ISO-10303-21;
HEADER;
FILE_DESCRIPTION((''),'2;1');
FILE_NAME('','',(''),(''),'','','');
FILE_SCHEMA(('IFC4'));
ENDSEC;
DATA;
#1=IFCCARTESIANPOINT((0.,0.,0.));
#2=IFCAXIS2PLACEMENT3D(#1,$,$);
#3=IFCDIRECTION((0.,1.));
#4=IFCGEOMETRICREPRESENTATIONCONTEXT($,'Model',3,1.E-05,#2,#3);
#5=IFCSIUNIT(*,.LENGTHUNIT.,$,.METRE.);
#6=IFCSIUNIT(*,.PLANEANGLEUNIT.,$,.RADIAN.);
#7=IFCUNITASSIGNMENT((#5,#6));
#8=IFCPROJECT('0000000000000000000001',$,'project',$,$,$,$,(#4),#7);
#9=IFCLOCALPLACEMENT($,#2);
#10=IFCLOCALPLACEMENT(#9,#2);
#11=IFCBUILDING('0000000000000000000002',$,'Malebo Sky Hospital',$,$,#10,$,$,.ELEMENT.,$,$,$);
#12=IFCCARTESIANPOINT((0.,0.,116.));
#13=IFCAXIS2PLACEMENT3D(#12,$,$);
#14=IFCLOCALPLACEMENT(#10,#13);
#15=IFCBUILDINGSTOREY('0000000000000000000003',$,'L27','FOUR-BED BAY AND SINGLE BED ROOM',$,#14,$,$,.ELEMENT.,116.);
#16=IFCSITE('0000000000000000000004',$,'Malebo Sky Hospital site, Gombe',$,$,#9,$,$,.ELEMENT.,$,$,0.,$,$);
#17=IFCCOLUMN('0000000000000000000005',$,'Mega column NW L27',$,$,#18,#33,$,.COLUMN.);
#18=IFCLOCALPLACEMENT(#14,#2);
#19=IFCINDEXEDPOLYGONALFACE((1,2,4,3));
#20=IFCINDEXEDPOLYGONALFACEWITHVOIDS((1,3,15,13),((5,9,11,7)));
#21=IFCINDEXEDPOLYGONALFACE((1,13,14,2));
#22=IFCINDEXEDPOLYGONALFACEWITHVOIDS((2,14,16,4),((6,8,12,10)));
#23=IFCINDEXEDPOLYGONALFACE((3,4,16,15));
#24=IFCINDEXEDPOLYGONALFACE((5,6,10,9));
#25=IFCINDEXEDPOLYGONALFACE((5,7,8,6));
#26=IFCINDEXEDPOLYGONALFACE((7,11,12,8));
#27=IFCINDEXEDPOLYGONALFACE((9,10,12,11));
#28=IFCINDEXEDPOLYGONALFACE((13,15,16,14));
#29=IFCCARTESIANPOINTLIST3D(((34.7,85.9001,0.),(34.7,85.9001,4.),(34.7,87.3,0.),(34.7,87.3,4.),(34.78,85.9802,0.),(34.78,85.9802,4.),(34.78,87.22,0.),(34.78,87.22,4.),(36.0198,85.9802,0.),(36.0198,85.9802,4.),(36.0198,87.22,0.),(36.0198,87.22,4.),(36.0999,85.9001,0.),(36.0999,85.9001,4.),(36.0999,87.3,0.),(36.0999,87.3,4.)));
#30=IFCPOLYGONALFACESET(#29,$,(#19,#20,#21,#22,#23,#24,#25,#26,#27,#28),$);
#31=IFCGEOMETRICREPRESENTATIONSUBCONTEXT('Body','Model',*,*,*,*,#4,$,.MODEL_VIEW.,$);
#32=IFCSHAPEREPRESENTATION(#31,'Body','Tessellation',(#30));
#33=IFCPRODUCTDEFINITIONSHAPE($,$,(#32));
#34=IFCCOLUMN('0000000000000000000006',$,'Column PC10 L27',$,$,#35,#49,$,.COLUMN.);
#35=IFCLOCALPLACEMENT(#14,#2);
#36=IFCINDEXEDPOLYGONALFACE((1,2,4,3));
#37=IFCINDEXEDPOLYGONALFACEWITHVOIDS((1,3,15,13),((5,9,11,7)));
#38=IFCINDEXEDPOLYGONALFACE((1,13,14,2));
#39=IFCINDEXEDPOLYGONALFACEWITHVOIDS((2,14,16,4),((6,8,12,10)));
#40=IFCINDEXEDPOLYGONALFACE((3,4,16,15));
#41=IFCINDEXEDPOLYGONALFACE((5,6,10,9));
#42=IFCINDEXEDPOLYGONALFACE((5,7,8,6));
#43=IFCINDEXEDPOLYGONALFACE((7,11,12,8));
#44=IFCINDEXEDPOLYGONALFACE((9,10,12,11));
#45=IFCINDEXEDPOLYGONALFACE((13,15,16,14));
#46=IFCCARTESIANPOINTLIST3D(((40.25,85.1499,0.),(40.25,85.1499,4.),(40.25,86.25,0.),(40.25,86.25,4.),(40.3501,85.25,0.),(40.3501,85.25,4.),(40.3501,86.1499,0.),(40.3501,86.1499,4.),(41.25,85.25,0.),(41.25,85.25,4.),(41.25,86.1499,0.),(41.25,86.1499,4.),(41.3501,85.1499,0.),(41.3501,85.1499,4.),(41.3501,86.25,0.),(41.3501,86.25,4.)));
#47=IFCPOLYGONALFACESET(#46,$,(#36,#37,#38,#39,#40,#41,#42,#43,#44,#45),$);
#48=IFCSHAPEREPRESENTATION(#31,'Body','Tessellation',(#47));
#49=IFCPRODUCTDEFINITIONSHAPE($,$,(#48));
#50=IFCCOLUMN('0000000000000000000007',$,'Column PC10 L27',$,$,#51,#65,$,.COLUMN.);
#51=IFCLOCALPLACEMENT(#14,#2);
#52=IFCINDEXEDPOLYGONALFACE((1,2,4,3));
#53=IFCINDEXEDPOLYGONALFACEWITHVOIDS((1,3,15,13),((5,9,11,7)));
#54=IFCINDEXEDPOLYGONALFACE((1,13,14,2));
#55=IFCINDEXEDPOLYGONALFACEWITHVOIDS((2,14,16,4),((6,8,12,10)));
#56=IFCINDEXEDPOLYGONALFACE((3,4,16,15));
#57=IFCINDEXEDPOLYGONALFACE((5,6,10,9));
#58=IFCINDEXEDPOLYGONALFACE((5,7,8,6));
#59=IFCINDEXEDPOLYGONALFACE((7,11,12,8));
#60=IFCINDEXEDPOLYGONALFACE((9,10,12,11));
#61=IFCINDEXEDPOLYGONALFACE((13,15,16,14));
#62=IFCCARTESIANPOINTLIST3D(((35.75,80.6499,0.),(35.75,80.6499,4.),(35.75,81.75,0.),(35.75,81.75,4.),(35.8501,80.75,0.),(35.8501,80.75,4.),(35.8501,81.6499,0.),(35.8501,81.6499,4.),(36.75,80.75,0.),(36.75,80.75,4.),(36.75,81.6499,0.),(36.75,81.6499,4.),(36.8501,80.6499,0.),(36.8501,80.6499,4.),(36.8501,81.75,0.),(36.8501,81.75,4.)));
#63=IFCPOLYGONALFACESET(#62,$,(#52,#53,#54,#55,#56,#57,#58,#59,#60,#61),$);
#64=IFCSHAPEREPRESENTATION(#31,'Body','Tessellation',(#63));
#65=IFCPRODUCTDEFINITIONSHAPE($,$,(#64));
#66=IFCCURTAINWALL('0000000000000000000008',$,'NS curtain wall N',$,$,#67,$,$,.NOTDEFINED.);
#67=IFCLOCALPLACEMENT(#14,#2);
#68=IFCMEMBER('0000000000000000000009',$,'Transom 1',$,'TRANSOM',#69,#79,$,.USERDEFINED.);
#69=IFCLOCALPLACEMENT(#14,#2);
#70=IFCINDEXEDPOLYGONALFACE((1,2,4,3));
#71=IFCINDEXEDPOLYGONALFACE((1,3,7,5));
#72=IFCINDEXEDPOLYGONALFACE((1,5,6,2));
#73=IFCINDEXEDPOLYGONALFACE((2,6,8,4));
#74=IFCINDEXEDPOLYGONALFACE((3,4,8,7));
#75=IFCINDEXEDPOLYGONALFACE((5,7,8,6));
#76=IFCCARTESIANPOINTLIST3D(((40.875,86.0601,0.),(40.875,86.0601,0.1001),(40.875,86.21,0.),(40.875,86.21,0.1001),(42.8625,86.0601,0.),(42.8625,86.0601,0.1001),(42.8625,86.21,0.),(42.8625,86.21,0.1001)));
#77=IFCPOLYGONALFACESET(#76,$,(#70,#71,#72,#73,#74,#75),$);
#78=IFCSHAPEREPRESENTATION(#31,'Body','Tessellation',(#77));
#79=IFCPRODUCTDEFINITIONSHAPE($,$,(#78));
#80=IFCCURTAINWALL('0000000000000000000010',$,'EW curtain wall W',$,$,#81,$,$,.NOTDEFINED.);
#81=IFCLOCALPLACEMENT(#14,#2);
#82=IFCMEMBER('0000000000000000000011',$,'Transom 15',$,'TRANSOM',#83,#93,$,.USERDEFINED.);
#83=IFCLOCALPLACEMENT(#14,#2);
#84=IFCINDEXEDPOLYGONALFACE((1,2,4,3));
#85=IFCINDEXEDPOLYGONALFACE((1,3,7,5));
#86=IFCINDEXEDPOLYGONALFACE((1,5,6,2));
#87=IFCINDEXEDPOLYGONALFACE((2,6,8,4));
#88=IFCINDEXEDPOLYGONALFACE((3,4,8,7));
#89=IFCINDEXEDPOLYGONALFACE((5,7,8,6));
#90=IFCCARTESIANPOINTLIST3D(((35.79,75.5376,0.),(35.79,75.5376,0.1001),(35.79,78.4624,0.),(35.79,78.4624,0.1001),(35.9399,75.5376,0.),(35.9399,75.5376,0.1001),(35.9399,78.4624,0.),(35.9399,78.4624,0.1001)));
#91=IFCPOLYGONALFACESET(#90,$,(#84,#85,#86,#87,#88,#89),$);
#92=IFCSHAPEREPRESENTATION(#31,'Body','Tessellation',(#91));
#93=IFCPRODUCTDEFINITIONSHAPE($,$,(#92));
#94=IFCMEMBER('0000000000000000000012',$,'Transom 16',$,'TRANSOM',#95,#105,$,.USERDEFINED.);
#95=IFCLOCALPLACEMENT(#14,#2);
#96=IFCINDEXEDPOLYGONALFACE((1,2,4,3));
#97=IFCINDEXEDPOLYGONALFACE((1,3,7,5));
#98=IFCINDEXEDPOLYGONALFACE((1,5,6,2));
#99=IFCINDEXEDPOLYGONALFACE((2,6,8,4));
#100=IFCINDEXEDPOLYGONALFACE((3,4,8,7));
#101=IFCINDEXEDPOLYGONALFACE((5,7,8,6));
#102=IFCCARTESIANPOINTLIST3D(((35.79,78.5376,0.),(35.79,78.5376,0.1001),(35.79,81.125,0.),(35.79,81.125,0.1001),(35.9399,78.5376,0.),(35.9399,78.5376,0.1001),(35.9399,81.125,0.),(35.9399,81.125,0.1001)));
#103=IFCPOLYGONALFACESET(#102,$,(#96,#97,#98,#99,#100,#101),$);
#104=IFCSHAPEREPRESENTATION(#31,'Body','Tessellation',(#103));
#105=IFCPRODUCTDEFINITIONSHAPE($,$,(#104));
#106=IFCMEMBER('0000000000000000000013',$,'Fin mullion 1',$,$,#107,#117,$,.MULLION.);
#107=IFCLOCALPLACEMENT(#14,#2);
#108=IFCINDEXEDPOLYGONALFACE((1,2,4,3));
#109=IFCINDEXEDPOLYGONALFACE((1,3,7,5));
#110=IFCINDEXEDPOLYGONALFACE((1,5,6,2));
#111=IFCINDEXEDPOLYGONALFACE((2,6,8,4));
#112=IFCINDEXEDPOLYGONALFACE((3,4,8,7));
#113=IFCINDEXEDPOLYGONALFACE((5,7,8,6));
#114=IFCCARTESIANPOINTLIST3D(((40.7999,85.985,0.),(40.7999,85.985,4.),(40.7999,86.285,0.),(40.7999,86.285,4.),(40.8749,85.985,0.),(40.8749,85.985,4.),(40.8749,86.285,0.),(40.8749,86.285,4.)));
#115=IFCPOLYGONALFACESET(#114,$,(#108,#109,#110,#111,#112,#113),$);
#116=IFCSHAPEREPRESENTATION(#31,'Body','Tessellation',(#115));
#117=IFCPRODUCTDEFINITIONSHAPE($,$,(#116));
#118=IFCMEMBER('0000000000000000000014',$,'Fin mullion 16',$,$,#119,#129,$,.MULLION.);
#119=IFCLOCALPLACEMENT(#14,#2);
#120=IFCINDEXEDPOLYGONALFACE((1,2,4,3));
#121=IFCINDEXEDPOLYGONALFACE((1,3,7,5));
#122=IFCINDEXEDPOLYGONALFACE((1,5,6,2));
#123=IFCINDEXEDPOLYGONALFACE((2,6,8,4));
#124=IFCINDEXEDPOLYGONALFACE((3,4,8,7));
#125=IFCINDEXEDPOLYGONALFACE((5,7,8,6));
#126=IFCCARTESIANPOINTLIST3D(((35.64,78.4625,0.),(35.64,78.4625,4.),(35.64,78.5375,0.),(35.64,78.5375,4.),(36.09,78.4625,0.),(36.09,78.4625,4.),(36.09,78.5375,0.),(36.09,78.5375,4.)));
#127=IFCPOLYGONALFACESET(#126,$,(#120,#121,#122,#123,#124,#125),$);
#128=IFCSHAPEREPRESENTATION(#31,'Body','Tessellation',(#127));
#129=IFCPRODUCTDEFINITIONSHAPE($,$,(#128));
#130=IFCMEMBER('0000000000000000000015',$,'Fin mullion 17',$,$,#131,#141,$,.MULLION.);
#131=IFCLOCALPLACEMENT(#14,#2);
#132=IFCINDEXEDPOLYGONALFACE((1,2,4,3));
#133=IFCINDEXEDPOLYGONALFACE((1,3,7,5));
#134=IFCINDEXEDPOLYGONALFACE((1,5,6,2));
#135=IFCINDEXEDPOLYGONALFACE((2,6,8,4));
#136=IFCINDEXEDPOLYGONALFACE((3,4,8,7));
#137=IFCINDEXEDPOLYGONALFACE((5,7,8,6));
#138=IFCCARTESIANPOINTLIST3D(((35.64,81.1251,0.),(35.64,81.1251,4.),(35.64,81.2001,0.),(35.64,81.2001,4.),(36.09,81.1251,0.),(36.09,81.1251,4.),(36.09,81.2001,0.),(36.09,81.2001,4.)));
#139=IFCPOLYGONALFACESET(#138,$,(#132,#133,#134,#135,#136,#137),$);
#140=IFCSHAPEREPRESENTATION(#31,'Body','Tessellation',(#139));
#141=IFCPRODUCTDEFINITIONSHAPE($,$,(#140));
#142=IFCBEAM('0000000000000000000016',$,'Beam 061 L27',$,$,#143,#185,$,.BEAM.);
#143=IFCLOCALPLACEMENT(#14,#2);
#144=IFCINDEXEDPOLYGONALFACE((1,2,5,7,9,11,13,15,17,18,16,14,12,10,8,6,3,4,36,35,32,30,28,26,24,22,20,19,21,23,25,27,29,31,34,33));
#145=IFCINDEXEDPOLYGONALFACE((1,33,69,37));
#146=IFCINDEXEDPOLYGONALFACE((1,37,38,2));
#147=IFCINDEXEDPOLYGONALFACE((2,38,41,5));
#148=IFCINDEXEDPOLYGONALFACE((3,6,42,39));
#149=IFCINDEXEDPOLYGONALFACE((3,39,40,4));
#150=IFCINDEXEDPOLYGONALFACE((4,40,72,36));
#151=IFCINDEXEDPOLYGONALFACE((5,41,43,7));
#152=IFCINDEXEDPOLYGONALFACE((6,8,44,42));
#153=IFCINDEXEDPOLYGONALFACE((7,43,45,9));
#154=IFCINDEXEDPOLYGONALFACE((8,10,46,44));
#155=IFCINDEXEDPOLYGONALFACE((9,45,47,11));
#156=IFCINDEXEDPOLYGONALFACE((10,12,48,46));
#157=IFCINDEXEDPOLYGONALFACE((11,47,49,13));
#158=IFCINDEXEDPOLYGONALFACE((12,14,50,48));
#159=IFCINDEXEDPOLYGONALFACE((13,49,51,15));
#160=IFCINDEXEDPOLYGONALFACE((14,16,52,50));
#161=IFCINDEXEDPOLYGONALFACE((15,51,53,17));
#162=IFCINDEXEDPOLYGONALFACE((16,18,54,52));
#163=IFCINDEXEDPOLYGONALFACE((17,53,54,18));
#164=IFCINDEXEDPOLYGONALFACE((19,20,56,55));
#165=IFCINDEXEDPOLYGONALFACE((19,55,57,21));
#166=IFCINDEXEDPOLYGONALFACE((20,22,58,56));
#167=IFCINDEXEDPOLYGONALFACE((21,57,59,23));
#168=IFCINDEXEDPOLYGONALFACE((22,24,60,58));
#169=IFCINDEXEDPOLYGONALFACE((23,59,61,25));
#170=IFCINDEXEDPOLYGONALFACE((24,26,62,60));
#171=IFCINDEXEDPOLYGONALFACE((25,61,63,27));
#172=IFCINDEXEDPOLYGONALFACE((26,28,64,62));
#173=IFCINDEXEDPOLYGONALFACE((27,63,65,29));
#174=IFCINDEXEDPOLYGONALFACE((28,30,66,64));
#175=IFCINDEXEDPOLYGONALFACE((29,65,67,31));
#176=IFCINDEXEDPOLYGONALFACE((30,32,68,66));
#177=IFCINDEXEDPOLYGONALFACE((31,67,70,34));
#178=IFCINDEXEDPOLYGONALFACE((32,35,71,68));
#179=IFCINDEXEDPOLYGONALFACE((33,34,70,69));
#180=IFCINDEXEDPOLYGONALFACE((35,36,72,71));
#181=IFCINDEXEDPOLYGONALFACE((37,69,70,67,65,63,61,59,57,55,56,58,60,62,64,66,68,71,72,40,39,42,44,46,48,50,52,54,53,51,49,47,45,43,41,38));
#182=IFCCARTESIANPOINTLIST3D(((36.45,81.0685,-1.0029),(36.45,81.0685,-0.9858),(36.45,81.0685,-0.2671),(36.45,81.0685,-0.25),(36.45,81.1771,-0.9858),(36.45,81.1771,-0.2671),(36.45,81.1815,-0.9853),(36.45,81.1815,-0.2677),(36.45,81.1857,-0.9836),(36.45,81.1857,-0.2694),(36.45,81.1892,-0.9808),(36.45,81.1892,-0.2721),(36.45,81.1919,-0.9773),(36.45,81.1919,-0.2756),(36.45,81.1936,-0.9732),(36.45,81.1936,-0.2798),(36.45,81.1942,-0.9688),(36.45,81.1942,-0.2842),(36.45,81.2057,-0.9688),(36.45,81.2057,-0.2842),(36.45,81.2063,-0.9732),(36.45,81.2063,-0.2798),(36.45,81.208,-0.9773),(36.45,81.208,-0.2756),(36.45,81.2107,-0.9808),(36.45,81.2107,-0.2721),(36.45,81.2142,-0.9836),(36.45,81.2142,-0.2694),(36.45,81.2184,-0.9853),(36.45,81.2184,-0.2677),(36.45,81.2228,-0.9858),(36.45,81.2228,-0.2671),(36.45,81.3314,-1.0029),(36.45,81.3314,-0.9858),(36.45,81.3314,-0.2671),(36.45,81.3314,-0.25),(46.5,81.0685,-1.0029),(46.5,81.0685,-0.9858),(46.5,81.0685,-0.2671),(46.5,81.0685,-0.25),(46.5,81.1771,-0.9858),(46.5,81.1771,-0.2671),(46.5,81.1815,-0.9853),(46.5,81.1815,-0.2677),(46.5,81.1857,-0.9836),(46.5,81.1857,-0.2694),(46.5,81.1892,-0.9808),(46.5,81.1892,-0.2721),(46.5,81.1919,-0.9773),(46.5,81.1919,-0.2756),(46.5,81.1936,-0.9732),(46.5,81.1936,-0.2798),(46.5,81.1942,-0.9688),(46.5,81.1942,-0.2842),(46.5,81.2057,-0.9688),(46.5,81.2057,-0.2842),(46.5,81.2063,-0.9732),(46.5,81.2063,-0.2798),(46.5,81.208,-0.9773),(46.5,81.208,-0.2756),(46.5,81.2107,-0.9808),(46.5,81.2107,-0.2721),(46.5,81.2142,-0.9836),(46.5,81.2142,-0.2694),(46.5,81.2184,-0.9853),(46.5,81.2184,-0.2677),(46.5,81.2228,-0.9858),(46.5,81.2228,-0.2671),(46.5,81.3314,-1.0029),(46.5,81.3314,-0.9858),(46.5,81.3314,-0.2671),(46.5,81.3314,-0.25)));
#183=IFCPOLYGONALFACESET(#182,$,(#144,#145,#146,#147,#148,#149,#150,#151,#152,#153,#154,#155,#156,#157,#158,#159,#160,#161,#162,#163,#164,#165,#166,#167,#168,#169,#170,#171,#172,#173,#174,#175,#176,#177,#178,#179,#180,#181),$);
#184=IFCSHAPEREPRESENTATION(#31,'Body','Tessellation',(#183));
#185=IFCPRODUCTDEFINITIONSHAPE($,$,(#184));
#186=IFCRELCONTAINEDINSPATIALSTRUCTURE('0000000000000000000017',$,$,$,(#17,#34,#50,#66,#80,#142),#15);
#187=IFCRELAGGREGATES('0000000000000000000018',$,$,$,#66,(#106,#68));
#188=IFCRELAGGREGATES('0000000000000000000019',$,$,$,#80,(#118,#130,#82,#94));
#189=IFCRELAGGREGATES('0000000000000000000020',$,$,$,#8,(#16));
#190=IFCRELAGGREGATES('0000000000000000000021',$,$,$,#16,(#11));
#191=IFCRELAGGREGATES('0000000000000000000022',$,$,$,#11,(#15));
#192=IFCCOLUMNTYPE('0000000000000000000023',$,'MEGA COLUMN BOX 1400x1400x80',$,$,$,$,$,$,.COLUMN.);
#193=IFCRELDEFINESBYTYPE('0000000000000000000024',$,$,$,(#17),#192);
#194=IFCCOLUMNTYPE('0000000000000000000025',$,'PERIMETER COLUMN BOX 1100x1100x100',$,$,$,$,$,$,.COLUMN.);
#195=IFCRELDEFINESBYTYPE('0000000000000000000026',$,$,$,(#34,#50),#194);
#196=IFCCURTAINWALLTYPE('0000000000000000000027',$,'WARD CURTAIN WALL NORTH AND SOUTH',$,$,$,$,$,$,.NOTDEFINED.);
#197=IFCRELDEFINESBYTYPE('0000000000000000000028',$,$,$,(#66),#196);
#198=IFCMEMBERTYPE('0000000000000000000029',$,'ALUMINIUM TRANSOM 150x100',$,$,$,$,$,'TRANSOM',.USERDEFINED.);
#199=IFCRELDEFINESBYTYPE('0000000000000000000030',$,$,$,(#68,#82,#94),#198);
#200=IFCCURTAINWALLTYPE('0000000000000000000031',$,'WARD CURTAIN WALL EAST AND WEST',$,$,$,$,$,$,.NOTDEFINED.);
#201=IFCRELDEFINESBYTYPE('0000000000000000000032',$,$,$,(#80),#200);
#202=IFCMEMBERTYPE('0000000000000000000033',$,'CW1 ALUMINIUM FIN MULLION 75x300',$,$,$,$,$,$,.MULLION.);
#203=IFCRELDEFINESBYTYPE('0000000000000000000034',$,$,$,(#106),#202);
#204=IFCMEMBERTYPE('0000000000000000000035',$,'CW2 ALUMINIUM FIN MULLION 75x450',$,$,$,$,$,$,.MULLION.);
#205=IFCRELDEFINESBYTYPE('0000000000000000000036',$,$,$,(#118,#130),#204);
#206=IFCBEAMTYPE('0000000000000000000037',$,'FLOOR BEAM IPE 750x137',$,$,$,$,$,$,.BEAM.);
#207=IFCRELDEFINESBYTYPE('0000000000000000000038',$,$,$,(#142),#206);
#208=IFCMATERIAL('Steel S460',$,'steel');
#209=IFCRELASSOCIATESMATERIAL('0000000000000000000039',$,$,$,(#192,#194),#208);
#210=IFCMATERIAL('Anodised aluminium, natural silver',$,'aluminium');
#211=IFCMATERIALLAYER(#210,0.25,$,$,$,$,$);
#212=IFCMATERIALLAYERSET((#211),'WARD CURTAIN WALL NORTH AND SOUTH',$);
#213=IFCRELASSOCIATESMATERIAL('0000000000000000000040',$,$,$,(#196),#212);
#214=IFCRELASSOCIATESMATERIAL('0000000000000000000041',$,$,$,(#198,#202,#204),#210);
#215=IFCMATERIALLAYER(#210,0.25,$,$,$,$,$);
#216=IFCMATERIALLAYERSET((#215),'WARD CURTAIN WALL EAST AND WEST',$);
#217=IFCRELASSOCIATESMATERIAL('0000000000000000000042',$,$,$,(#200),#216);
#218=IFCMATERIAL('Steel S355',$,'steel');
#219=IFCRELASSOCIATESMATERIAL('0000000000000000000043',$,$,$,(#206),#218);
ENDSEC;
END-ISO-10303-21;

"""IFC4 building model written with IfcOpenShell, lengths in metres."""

from ifc_helpers import new_model, si_unit, direction, frame, origin, origin_2d, place, context, subcontext, project, spatial, rectangle, hollow_rectangle, i_section, extrude, material, layer, layer_set, material_profile, profile_set, type_object, element, aggregate, save


model = new_model("IFC4")

# Units and contexts
model_context = context("Model", 3, precision=1e-05, world=origin(), true_north=direction((0.0, 1.0)))
body_context = subcontext(model_context, "Body", "Model", "MODEL_VIEW")
ifc_project = project(units=[si_unit("LENGTHUNIT", "METRE"), si_unit("PLANEANGLEUNIT", "RADIAN")], contexts=[model_context])

# Site, building, storey
site_placement = place(None, origin())
site = spatial("IfcSite", under=ifc_project, at=site_placement, Name="Malebo Sky Hospital site, Gombe", CompositionType="ELEMENT", RefElevation=0.0)
building_placement = place(site_placement, origin())
building = spatial("IfcBuilding", under=site, at=building_placement, Name="Malebo Sky Hospital", CompositionType="ELEMENT")
storey_placement = place(building_placement, frame((0.0, 0.0, 116.0)))
storey = spatial("IfcBuildingStorey", under=building, at=storey_placement, Name="L27", Description="FOUR-BED BAY AND SINGLE BED ROOM", CompositionType="ELEMENT", Elevation=116.0)

# Columns
ifc_material_1 = material(Name="Steel S460", Category="steel")
ifc_material_profile_1 = material_profile(ifc_material_1, hollow_rectangle(XDim=1.3999, YDim=1.3999, WallThickness=0.0801, at=origin_2d()), Name="BOX 1400x1400x80")
ifc_profile_set_1 = profile_set([ifc_material_profile_1], Name="Steel S460")
column_type_1 = type_object("IfcColumnType", Name="MEGA COLUMN BOX 1400x1400x80", PredefinedType="COLUMN", material=ifc_profile_set_1)
column_placement = place(storey_placement, frame((35.3999, 86.6001, 0.0), z_axis=(0.0, 0.0, 1.0), x_axis=(1.0, 0.0, 0.0)))
element("IfcColumn", 1, at=column_placement, inside=storey, type_object=column_type_1, Name="Mega column NW L27", PredefinedType="COLUMN", context=body_context, shape_type="SweptSolid", body=[
    extrude(hollow_rectangle(XDim=1.3999, YDim=1.3999, WallThickness=0.0801, at=origin_2d()), origin(), (0.0, 0.0, 1.0), 4.0),
])
ifc_material_profile_2 = material_profile(ifc_material_1, hollow_rectangle(XDim=1.1001, YDim=1.1001, WallThickness=0.1001, at=origin_2d()), Name="BOX 1100x1100x100")
ifc_profile_set_2 = profile_set([ifc_material_profile_2], Name="Steel S460")
column_type_2 = type_object("IfcColumnType", Name="PERIMETER COLUMN BOX 1100x1100x100", PredefinedType="COLUMN", material=ifc_profile_set_2)
for number, where, z_axis, x_axis, name in (
    (2, (40.8, 85.7, 0.0), (0.0, 0.0, 1.0), (1.0, 0.0, 0.0), "Column PC10 L27"),
    (3, (36.3, 81.2, 0.0), (0.0, 0.0, 1.0), (1.0, 0.0, 0.0), "Column PC10 L27"),
):
    element("IfcColumn", number, at=place(storey_placement, frame(where, z_axis=z_axis, x_axis=x_axis)), inside=storey, type_object=column_type_2, Name=name, PredefinedType="COLUMN", context=body_context, shape_type="SweptSolid", body=[
        extrude(hollow_rectangle(XDim=1.1001, YDim=1.1001, WallThickness=0.1001, at=origin_2d()), origin(), (0.0, 0.0, 1.0), 4.0),
    ])

# Curtain wall, member
ifc_material_2 = material(Name="Anodised aluminium, natural silver", Category="aluminium")
ifc_layer_1 = layer(ifc_material_2, 0.25)
ifc_layer_set_1 = layer_set([ifc_layer_1], Name="WARD CURTAIN WALL NORTH AND SOUTH")
curtain_wall_type_1 = type_object("IfcCurtainWallType", Name="WARD CURTAIN WALL NORTH AND SOUTH", PredefinedType="NOTDEFINED", material=ifc_layer_set_1)
curtain_wall_1_placement = place(storey_placement, origin())
curtain_wall_1 = element("IfcCurtainWall", 4, at=curtain_wall_1_placement, inside=storey, type_object=curtain_wall_type_1, Name="NS curtain wall N", PredefinedType="NOTDEFINED")
ifc_material_profile_3 = material_profile(ifc_material_2, rectangle(XDim=0.1499, YDim=0.1001, at=origin_2d()), Name="ALUMINIUM TRANSOM 150x100")
ifc_profile_set_3 = profile_set([ifc_material_profile_3], Name="Anodised aluminium, natural silver")
member_type_1 = type_object("IfcMemberType", Name="ALUMINIUM TRANSOM 150x100", ElementType="TRANSOM", PredefinedType="USERDEFINED", material=ifc_profile_set_3)
member_1_placement = place(storey_placement, frame((40.875, 86.135, 0.05), z_axis=(1.0, 0.0, 0.0), x_axis=(0.0, 1.0, 0.0)))
member_1 = element("IfcMember", 5, at=member_1_placement, type_object=member_type_1, Name="Transom 1", ObjectType="TRANSOM", PredefinedType="USERDEFINED", context=body_context, shape_type="SweptSolid", body=[
    extrude(rectangle(XDim=0.1499, YDim=0.1001, at=origin_2d()), origin(), (0.0, 0.0, 1.0), 1.9875),
])

# Curtain wall, members
ifc_layer_2 = layer(ifc_material_2, 0.25)
ifc_layer_set_2 = layer_set([ifc_layer_2], Name="WARD CURTAIN WALL EAST AND WEST")
curtain_wall_type_2 = type_object("IfcCurtainWallType", Name="WARD CURTAIN WALL EAST AND WEST", PredefinedType="NOTDEFINED", material=ifc_layer_set_2)
curtain_wall_2_placement = place(storey_placement, origin())
curtain_wall_2 = element("IfcCurtainWall", 6, at=curtain_wall_2_placement, inside=storey, type_object=curtain_wall_type_2, Name="EW curtain wall W", PredefinedType="NOTDEFINED")
member_2_placement = place(storey_placement, frame((35.865, 75.5376, 0.05), z_axis=(0.0, 1.0, 0.0), x_axis=(-1.0, 0.0, 0.0)))
member_2 = element("IfcMember", 7, at=member_2_placement, type_object=member_type_1, Name="Transom 15", ObjectType="TRANSOM", PredefinedType="USERDEFINED", context=body_context, shape_type="SweptSolid", body=[
    extrude(rectangle(XDim=0.1499, YDim=0.1001, at=origin_2d()), origin(), (0.0, 0.0, 1.0), 2.9248),
])
member_3_placement = place(storey_placement, frame((35.865, 78.5376, 0.05), z_axis=(0.0, 1.0, 0.0), x_axis=(-1.0, 0.0, 0.0)))
member_3 = element("IfcMember", 8, at=member_3_placement, type_object=member_type_1, Name="Transom 16", ObjectType="TRANSOM", PredefinedType="USERDEFINED", context=body_context, shape_type="SweptSolid", body=[
    extrude(rectangle(XDim=0.1499, YDim=0.1001, at=origin_2d()), origin(), (0.0, 0.0, 1.0), 2.5874),
])

# Members
ifc_material_profile_4 = material_profile(ifc_material_2, rectangle(XDim=0.075, YDim=0.3, at=origin_2d()), Name="CW1 ALUMINIUM FIN MULLION 75x300")
ifc_profile_set_4 = profile_set([ifc_material_profile_4], Name="Anodised aluminium, natural silver")
member_type_2 = type_object("IfcMemberType", Name="CW1 ALUMINIUM FIN MULLION 75x300", PredefinedType="MULLION", material=ifc_profile_set_4)
member_4_placement = place(storey_placement, frame((40.8374, 86.135, 0.0), z_axis=(0.0, 0.0, 1.0), x_axis=(1.0, 0.0, 0.0)))
member_4 = element("IfcMember", 9, at=member_4_placement, type_object=member_type_2, Name="Fin mullion 1", PredefinedType="MULLION", context=body_context, shape_type="SweptSolid", body=[
    extrude(rectangle(XDim=0.075, YDim=0.3, at=origin_2d()), origin(), (0.0, 0.0, 1.0), 4.0),
])
aggregate(curtain_wall_1, [member_4, member_1])
ifc_material_profile_5 = material_profile(ifc_material_2, rectangle(XDim=0.075, YDim=0.45, at=origin_2d()), Name="CW2 ALUMINIUM FIN MULLION 75x450")
ifc_profile_set_5 = profile_set([ifc_material_profile_5], Name="Anodised aluminium, natural silver")
member_type_3 = type_object("IfcMemberType", Name="CW2 ALUMINIUM FIN MULLION 75x450", PredefinedType="MULLION", material=ifc_profile_set_5)
member_5_placement = place(storey_placement, frame((35.865, 78.5, 0.0), z_axis=(0.0, 0.0, 1.0), x_axis=(0.0, 1.0, 0.0)))
member_5 = element("IfcMember", 10, at=member_5_placement, type_object=member_type_3, Name="Fin mullion 16", PredefinedType="MULLION", context=body_context, shape_type="SweptSolid", body=[
    extrude(rectangle(XDim=0.075, YDim=0.45, at=origin_2d()), origin(), (0.0, 0.0, 1.0), 4.0),
])
member_6_placement = place(storey_placement, frame((35.865, 81.1626, 0.0), z_axis=(0.0, 0.0, 1.0), x_axis=(0.0, 1.0, 0.0)))
member_6 = element("IfcMember", 11, at=member_6_placement, type_object=member_type_3, Name="Fin mullion 17", PredefinedType="MULLION", context=body_context, shape_type="SweptSolid", body=[
    extrude(rectangle(XDim=0.075, YDim=0.45, at=origin_2d()), origin(), (0.0, 0.0, 1.0), 4.0),
])

# Beam
ifc_material_3 = material(Name="Steel S355", Category="steel")
ifc_material_profile_6 = material_profile(ifc_material_3, i_section(OverallWidth=0.2629, OverallDepth=0.7529, WebThickness=0.0115, FlangeThickness=0.0171, FilletRadius=0.0171, at=origin_2d()), Name="IPE 750x137")
ifc_profile_set_6 = profile_set([ifc_material_profile_6], Name="Steel S355")
beam_type = type_object("IfcBeamType", Name="FLOOR BEAM IPE 750x137", PredefinedType="BEAM", material=ifc_profile_set_6)
beam_placement = place(storey_placement, frame((36.45, 81.2, -0.6265), z_axis=(1.0, 0.0, 0.0), x_axis=(0.0, 1.0, 0.0)))
element("IfcBeam", 12, at=beam_placement, inside=storey, type_object=beam_type, Name="Beam 061 L27", PredefinedType="BEAM", context=body_context, shape_type="SweptSolid", body=[
    extrude(i_section(OverallWidth=0.2629, OverallDepth=0.7529, WebThickness=0.0115, FlangeThickness=0.0171, FilletRadius=0.0171, at=origin_2d()), origin(), (0.0, 0.0, 1.0), 10.05),
])

aggregate(curtain_wall_2, [member_5, member_6, member_2, member_3])

save(model, "model.ifc")
